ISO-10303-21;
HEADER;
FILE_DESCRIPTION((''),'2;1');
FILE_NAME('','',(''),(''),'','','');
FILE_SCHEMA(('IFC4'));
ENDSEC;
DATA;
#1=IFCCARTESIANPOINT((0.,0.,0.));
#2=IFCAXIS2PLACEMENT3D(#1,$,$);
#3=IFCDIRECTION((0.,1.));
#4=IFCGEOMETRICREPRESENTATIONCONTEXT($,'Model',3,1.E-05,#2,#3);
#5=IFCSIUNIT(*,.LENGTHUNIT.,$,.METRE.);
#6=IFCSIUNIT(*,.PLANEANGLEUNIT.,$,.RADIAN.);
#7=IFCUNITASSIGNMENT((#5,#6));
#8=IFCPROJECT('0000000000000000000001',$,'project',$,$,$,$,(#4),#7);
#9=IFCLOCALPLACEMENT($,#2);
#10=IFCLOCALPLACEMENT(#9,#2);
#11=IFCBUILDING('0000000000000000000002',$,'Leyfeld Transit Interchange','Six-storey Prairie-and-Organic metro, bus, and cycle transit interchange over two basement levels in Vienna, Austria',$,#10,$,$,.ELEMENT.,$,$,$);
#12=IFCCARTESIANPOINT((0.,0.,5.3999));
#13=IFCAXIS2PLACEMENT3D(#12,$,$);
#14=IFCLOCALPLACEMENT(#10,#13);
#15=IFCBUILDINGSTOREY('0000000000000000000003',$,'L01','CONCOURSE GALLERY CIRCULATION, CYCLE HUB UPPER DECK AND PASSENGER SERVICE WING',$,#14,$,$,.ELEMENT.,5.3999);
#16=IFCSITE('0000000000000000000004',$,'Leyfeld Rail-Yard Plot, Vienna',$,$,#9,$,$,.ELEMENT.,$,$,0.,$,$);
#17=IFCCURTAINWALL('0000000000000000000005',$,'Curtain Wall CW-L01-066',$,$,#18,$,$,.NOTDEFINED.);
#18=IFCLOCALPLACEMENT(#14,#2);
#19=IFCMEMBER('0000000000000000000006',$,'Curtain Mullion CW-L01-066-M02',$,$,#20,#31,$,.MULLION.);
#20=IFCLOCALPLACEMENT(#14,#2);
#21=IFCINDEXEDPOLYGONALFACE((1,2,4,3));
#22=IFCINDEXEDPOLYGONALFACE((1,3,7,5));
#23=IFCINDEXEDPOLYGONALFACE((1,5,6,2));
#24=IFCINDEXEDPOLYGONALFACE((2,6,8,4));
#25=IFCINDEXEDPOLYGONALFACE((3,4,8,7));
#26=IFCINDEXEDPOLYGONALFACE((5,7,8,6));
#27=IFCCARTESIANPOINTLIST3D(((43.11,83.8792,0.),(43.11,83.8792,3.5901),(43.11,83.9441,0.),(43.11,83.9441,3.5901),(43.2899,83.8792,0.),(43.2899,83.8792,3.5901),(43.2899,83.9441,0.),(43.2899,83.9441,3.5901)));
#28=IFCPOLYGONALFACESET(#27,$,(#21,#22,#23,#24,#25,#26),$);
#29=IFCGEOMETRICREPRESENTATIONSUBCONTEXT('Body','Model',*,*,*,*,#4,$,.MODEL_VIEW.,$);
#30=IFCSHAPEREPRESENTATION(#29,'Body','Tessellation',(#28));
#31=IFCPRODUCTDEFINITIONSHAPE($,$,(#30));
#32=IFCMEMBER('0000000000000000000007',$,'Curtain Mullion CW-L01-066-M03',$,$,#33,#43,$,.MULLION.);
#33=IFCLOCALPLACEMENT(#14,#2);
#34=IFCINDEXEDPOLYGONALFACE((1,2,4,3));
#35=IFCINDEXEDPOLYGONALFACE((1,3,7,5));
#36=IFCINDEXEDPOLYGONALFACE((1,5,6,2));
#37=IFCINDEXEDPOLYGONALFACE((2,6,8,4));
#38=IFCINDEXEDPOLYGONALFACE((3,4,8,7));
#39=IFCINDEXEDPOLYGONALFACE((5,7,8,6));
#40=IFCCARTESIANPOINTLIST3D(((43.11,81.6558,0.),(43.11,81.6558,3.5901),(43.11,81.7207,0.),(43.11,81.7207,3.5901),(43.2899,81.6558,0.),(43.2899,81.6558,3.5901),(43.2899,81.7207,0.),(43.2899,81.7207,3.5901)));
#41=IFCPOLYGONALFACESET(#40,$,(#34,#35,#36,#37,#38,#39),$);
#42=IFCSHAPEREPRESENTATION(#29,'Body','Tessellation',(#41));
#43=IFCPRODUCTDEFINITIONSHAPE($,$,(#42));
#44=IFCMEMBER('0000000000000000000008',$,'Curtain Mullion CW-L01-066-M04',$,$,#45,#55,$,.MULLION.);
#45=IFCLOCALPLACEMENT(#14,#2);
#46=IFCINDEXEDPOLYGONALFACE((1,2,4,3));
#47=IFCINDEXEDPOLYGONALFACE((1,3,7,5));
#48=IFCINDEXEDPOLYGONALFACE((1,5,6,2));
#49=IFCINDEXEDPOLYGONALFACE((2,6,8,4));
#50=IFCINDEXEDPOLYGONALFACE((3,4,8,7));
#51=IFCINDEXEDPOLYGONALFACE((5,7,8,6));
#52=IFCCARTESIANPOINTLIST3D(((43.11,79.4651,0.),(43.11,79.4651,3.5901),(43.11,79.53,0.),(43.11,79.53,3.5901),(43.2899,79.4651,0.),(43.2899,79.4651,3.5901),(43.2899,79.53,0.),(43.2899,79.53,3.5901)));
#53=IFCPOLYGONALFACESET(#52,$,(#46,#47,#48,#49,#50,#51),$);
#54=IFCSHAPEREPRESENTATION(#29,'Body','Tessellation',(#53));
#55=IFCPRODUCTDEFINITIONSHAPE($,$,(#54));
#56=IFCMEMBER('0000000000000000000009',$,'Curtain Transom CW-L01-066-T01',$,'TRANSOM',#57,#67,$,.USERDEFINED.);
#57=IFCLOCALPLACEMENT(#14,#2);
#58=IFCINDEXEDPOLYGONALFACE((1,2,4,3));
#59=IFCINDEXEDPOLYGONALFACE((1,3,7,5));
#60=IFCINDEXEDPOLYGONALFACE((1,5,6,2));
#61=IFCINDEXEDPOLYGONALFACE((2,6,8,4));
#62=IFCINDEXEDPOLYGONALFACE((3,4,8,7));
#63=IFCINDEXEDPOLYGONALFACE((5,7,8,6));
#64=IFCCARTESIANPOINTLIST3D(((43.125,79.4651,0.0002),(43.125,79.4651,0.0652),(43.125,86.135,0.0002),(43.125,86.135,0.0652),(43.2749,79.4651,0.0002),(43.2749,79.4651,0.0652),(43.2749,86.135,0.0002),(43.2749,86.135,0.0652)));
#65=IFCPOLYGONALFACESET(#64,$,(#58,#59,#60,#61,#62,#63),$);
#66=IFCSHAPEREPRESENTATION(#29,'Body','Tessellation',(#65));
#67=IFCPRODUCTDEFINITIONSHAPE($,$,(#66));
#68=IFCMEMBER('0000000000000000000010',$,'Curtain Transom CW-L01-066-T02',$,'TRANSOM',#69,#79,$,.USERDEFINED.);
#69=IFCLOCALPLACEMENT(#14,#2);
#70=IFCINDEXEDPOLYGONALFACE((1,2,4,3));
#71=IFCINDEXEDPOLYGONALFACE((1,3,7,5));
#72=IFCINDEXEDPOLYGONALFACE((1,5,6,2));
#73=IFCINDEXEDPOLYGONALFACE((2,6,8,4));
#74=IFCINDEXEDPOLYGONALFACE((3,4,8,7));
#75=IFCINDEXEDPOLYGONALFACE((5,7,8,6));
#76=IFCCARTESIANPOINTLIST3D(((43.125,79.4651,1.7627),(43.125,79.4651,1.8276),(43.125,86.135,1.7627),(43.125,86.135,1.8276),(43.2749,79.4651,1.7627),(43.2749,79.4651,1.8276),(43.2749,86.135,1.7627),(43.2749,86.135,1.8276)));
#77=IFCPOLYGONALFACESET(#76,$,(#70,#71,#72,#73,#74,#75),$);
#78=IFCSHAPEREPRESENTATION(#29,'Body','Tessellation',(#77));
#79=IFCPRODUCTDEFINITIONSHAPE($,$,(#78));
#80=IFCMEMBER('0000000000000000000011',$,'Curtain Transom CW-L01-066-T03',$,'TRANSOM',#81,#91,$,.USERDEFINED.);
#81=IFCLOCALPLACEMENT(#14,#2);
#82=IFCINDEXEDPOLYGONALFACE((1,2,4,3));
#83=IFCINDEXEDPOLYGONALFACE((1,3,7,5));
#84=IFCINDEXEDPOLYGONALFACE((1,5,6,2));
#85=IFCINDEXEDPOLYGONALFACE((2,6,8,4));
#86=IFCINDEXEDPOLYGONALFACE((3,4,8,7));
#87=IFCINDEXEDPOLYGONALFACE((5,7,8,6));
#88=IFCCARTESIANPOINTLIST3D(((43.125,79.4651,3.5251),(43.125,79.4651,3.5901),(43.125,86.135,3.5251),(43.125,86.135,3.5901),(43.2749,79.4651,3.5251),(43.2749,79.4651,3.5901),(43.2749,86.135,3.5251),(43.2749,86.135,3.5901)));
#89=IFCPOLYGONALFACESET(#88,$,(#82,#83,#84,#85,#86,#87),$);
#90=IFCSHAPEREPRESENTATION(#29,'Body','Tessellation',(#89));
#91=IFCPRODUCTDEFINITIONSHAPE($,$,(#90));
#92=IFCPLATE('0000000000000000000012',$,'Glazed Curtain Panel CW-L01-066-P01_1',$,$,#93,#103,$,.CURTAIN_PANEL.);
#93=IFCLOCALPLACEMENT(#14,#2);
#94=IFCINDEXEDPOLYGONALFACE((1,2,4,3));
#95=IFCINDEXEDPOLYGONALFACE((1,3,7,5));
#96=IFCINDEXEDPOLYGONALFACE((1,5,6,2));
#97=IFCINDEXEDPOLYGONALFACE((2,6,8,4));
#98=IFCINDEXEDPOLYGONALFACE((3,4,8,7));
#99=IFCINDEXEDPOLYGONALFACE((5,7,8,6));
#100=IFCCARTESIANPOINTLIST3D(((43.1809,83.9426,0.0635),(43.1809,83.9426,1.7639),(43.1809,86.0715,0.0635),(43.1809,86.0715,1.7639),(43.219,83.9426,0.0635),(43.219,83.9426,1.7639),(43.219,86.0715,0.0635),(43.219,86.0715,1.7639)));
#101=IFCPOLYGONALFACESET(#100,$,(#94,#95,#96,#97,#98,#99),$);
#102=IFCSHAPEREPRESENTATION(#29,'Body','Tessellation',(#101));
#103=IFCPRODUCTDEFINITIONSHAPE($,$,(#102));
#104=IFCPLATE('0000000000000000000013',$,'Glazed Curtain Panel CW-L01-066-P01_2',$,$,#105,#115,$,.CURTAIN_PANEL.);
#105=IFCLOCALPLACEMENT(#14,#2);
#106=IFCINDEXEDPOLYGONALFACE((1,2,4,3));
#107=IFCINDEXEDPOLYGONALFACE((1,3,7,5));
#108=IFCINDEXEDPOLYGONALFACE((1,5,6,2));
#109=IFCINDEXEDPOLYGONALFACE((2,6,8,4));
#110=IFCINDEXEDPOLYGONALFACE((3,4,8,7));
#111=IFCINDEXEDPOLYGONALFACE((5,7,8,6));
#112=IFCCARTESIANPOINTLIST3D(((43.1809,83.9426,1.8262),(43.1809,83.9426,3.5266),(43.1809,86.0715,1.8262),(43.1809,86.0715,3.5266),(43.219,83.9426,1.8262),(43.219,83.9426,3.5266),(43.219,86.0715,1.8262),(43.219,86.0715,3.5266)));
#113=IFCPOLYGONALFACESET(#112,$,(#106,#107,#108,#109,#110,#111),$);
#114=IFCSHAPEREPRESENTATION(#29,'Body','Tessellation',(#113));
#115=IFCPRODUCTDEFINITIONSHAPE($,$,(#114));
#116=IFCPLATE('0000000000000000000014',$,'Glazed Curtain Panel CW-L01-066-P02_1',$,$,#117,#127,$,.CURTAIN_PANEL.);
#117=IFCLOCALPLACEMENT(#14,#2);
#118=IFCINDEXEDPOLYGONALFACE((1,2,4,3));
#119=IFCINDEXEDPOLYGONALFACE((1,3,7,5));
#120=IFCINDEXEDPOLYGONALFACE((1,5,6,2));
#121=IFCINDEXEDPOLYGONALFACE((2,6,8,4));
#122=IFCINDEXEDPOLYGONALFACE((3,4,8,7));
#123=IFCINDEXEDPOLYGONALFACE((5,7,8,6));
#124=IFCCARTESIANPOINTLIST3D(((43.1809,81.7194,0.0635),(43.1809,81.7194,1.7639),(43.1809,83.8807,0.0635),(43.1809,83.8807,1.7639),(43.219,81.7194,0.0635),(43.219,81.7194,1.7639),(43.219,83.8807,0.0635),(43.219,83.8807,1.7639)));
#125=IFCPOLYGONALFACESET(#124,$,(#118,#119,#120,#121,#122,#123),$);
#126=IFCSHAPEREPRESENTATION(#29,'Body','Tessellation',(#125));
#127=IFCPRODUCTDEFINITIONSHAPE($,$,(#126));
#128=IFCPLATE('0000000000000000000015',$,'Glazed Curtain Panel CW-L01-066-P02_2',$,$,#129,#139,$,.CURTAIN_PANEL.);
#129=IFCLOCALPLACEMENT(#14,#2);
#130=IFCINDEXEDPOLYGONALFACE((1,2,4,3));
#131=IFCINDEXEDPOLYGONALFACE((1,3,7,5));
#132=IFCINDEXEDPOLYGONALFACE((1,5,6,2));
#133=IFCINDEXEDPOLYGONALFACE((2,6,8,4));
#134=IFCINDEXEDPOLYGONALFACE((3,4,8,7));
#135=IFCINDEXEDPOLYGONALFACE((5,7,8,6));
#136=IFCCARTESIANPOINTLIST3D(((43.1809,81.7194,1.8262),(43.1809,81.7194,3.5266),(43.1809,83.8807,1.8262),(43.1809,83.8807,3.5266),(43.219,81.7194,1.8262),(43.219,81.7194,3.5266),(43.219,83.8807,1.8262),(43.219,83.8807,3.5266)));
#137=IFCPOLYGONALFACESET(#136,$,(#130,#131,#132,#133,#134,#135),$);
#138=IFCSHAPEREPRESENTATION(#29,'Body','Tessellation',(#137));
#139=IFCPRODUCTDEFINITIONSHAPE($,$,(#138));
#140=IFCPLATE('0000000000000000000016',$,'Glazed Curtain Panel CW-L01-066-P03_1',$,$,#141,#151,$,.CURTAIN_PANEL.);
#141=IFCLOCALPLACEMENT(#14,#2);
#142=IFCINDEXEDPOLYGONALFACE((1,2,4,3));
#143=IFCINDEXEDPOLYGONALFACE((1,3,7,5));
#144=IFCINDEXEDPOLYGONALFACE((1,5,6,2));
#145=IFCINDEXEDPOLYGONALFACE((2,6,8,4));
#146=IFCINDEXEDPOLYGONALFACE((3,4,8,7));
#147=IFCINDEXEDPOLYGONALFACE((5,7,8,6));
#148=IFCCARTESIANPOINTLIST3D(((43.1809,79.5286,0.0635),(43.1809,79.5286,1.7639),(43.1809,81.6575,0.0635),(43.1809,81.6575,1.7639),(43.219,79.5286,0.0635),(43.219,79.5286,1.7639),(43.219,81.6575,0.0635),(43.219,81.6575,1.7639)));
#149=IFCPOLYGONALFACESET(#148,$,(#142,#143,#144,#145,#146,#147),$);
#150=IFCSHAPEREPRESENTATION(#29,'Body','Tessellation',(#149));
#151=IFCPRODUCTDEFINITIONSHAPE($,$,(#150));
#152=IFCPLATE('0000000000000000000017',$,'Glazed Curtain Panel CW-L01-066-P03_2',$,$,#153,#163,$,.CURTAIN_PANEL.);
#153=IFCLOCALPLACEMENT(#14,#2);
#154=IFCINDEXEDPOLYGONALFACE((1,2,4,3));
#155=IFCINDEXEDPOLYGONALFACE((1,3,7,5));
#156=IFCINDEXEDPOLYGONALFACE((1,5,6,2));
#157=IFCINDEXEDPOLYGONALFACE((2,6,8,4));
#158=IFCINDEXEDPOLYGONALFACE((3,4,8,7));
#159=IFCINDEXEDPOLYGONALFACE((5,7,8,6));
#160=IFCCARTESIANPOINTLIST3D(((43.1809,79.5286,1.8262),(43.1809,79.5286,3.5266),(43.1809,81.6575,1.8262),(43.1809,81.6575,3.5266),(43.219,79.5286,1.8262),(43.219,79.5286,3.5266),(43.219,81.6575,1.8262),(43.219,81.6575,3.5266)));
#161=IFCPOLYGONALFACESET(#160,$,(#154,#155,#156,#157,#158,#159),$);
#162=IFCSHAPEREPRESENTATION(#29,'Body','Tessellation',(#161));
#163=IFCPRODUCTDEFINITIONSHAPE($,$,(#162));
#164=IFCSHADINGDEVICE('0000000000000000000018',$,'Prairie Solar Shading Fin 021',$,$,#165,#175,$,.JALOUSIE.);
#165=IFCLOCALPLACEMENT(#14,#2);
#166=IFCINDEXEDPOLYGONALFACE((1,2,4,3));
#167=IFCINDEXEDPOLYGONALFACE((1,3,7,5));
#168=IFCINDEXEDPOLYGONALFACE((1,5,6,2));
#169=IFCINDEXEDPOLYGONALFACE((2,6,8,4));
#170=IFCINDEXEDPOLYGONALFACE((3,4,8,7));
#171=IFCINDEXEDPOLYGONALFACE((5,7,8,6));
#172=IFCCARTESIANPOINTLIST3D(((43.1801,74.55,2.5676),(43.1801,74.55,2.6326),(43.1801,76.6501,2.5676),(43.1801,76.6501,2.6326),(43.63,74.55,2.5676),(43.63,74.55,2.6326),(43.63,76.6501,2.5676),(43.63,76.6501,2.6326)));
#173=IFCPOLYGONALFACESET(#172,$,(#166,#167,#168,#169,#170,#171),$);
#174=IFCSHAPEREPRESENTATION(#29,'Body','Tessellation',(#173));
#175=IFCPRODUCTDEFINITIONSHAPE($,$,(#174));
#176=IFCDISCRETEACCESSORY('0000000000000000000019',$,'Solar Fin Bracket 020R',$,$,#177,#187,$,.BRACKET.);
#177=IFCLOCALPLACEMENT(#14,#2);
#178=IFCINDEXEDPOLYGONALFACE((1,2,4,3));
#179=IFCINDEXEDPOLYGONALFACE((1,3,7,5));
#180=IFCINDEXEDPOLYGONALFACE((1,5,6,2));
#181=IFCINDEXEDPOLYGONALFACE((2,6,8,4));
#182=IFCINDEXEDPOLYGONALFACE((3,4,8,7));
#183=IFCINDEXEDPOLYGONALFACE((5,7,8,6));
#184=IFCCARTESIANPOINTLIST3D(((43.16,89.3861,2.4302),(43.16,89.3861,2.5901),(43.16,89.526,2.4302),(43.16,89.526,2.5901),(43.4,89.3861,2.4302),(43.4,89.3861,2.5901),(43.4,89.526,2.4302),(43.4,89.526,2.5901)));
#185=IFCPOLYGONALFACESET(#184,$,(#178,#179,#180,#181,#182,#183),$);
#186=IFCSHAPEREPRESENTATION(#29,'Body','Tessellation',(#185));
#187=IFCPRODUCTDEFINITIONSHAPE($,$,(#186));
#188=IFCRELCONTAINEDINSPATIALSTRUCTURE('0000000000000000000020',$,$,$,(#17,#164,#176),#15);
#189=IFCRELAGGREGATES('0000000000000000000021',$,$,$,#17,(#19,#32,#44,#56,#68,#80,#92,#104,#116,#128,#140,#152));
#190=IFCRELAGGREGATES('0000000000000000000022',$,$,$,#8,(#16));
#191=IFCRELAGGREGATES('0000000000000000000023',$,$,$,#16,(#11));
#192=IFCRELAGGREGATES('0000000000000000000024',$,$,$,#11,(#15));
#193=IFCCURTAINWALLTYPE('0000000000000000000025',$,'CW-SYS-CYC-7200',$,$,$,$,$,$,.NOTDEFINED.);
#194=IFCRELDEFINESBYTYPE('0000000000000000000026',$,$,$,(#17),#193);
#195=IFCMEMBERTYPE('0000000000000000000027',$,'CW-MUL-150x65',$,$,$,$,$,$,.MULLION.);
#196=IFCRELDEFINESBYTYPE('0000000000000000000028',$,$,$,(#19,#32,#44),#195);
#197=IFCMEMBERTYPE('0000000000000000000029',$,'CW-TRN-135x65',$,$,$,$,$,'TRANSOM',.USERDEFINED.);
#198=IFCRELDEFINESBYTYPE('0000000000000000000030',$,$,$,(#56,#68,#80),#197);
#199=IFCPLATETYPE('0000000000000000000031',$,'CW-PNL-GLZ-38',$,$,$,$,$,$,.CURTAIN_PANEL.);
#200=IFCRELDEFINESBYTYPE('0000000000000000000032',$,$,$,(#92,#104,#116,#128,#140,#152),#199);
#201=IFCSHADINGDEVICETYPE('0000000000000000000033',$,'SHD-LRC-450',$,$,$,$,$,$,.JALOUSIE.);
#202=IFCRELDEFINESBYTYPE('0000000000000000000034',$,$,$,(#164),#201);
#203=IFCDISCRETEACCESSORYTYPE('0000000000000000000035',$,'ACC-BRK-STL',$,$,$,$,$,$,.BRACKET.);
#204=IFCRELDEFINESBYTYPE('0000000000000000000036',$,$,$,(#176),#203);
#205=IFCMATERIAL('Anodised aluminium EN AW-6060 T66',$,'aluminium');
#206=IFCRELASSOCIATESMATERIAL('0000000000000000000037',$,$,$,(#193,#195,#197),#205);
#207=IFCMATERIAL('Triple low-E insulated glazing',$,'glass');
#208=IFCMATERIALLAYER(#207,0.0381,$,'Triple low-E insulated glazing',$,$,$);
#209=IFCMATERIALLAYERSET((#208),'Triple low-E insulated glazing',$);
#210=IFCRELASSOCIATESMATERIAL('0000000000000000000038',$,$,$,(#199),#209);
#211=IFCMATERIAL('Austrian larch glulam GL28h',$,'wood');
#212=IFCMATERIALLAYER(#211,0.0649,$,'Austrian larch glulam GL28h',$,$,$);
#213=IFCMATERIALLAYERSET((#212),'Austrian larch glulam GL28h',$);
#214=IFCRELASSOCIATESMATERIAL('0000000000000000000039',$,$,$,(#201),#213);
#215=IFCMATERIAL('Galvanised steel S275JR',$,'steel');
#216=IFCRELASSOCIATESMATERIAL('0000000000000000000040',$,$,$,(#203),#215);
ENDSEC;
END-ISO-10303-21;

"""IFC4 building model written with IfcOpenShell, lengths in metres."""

from ifc_helpers import new_model, si_unit, direction, frame, origin, origin_2d, place, context, subcontext, project, spatial, rectangle, extrude, material, layer, layer_set, material_profile, profile_set, type_object, element, aggregate, save


model = new_model("IFC4")

# Units and contexts
model_context = context("Model", 3, precision=1e-05, world=origin(), true_north=direction((0.0, 1.0)))
body_context = subcontext(model_context, "Body", "Model", "MODEL_VIEW")
ifc_project = project(units=[si_unit("LENGTHUNIT", "METRE"), si_unit("PLANEANGLEUNIT", "RADIAN")], contexts=[model_context])

# Site, building, storey
site_placement = place(None, origin())
site = spatial("IfcSite", under=ifc_project, at=site_placement, Name="Leyfeld Rail-Yard Plot, Vienna", CompositionType="ELEMENT", RefElevation=0.0)
building_placement = place(site_placement, origin())
building = spatial("IfcBuilding", under=site, at=building_placement, Name="Leyfeld Transit Interchange", Description="Six-storey Prairie-and-Organic metro, bus, and cycle transit interchange over two basement levels in Vienna, Austria", CompositionType="ELEMENT")
storey_placement = place(building_placement, frame((0.0, 0.0, 5.3999)))
storey = spatial("IfcBuildingStorey", under=building, at=storey_placement, Name="L01", Description="CONCOURSE GALLERY CIRCULATION, CYCLE HUB UPPER DECK AND PASSENGER SERVICE WING", CompositionType="ELEMENT", Elevation=5.3999)

# Curtain wall, members, plates
ifc_material_1 = material(Name="Anodised aluminium EN AW-6060 T66", Category="aluminium")
curtain_wall_type = type_object("IfcCurtainWallType", Name="CW-SYS-CYC-7200", PredefinedType="NOTDEFINED", material=ifc_material_1)
curtain_wall_placement = place(storey_placement, origin())
curtain_wall = element("IfcCurtainWall", 1, at=curtain_wall_placement, inside=storey, type_object=curtain_wall_type, Name="Curtain Wall CW-L01-066", PredefinedType="NOTDEFINED")
ifc_material_profile_1 = material_profile(ifc_material_1, rectangle(XDim=0.0649, YDim=0.1799, at=origin_2d()), Name="CW-M 65x180")
ifc_profile_set_1 = profile_set([ifc_material_profile_1], Name="Anodised aluminium EN AW-6060 T66")
member_type_1 = type_object("IfcMemberType", Name="CW-MUL-150x65", PredefinedType="MULLION", material=ifc_profile_set_1)
member_1_placement = place(storey_placement, frame((43.2, 83.9116, 0.0), z_axis=(0.0, 0.0, 1.0), x_axis=(0.0, -1.0, 0.0)))
member_1 = element("IfcMember", 2, at=member_1_placement, type_object=member_type_1, Name="Curtain Mullion CW-L01-066-M02", PredefinedType="MULLION", context=body_context, shape_type="SweptSolid", body=[
    extrude(rectangle(XDim=0.0649, YDim=0.1799, at=origin_2d()), origin(), (0.0, 0.0, 1.0), 3.5901),
])
member_2_placement = place(storey_placement, frame((43.2, 81.6882, 0.0), z_axis=(0.0, 0.0, 1.0), x_axis=(0.0, -1.0, 0.0)))
member_2 = element("IfcMember", 3, at=member_2_placement, type_object=member_type_1, Name="Curtain Mullion CW-L01-066-M03", PredefinedType="MULLION", context=body_context, shape_type="SweptSolid", body=[
    extrude(rectangle(XDim=0.0649, YDim=0.1799, at=origin_2d()), origin(), (0.0, 0.0, 1.0), 3.5901),
])
member_3_placement = place(storey_placement, frame((43.2, 79.4976, 0.0), z_axis=(0.0, 0.0, 1.0), x_axis=(0.0, -1.0, 0.0)))
member_3 = element("IfcMember", 4, at=member_3_placement, type_object=member_type_1, Name="Curtain Mullion CW-L01-066-M04", PredefinedType="MULLION", context=body_context, shape_type="SweptSolid", body=[
    extrude(rectangle(XDim=0.0649, YDim=0.1799, at=origin_2d()), origin(), (0.0, 0.0, 1.0), 3.5901),
])
ifc_material_profile_2 = material_profile(ifc_material_1, rectangle(XDim=0.1499, YDim=0.0649, at=origin_2d()), Name="CW-TRN-135x65")
ifc_profile_set_2 = profile_set([ifc_material_profile_2], Name="Anodised aluminium EN AW-6060 T66")
member_type_2 = type_object("IfcMemberType", Name="CW-TRN-135x65", ElementType="TRANSOM", PredefinedType="USERDEFINED", material=ifc_profile_set_2)
member_4_placement = place(storey_placement, frame((43.2, 86.135, 0.0327), z_axis=(0.0, -1.0, 0.0), x_axis=(1.0, 0.0, 0.0)))
member_4 = element("IfcMember", 5, at=member_4_placement, type_object=member_type_2, Name="Curtain Transom CW-L01-066-T01", ObjectType="TRANSOM", PredefinedType="USERDEFINED", context=body_context, shape_type="SweptSolid", body=[
    extrude(rectangle(XDim=0.1499, YDim=0.0649, at=origin_2d()), origin(), (0.0, 0.0, 1.0), 6.6699),
])
member_5_placement = place(storey_placement, frame((43.2, 86.135, 1.7952), z_axis=(0.0, -1.0, 0.0), x_axis=(1.0, 0.0, 0.0)))
member_5 = element("IfcMember", 6, at=member_5_placement, type_object=member_type_2, Name="Curtain Transom CW-L01-066-T02", ObjectType="TRANSOM", PredefinedType="USERDEFINED", context=body_context, shape_type="SweptSolid", body=[
    extrude(rectangle(XDim=0.1499, YDim=0.0649, at=origin_2d()), origin(), (0.0, 0.0, 1.0), 6.6699),
])
member_6_placement = place(storey_placement, frame((43.2, 86.135, 3.5576), z_axis=(0.0, -1.0, 0.0), x_axis=(1.0, 0.0, 0.0)))
member_6 = element("IfcMember", 7, at=member_6_placement, type_object=member_type_2, Name="Curtain Transom CW-L01-066-T03", ObjectType="TRANSOM", PredefinedType="USERDEFINED", context=body_context, shape_type="SweptSolid", body=[
    extrude(rectangle(XDim=0.1499, YDim=0.0649, at=origin_2d()), origin(), (0.0, 0.0, 1.0), 6.6699),
])
ifc_material_2 = material(Name="Triple low-E insulated glazing", Category="glass")
ifc_layer_1 = layer(ifc_material_2, 0.0381, Name="Triple low-E insulated glazing")
ifc_layer_set_1 = layer_set([ifc_layer_1], Name="Triple low-E insulated glazing")
plate_type = type_object("IfcPlateType", Name="CW-PNL-GLZ-38", PredefinedType="CURTAIN_PANEL", material=ifc_layer_set_1)
plate_1_placement = place(storey_placement, frame((43.2, 85.0071, 0.0635), z_axis=(0.0, 0.0, 1.0), x_axis=(0.0, -1.0, 0.0)))
plate_1 = element("IfcPlate", 8, at=plate_1_placement, type_object=plate_type, Name="Glazed Curtain Panel CW-L01-066-P01_1", PredefinedType="CURTAIN_PANEL", context=body_context, shape_type="SweptSolid", body=[
    extrude(rectangle(XDim=2.1289, YDim=0.0381, at=origin_2d()), origin(), (0.0, 0.0, 1.0), 1.7004),
])
plate_2_placement = place(storey_placement, frame((43.2, 85.0071, 1.8262), z_axis=(0.0, 0.0, 1.0), x_axis=(0.0, -1.0, 0.0)))
plate_2 = element("IfcPlate", 9, at=plate_2_placement, type_object=plate_type, Name="Glazed Curtain Panel CW-L01-066-P01_2", PredefinedType="CURTAIN_PANEL", context=body_context, shape_type="SweptSolid", body=[
    extrude(rectangle(XDim=2.1289, YDim=0.0381, at=origin_2d()), origin(), (0.0, 0.0, 1.0), 1.7004),
])
plate_3_placement = place(storey_placement, frame((43.2, 82.8, 0.0635), z_axis=(0.0, 0.0, 1.0), x_axis=(0.0, -1.0, 0.0)))
plate_3 = element("IfcPlate", 10, at=plate_3_placement, type_object=plate_type, Name="Glazed Curtain Panel CW-L01-066-P02_1", PredefinedType="CURTAIN_PANEL", context=body_context, shape_type="SweptSolid", body=[
    extrude(rectangle(XDim=2.1614, YDim=0.0381, at=origin_2d()), origin(), (0.0, 0.0, 1.0), 1.7004),
])
plate_4_placement = place(storey_placement, frame((43.2, 82.8, 1.8262), z_axis=(0.0, 0.0, 1.0), x_axis=(0.0, -1.0, 0.0)))
plate_4 = element("IfcPlate", 11, at=plate_4_placement, type_object=plate_type, Name="Glazed Curtain Panel CW-L01-066-P02_2", PredefinedType="CURTAIN_PANEL", context=body_context, shape_type="SweptSolid", body=[
    extrude(rectangle(XDim=2.1614, YDim=0.0381, at=origin_2d()), origin(), (0.0, 0.0, 1.0), 1.7004),
])
plate_5_placement = place(storey_placement, frame((43.2, 80.593, 0.0635), z_axis=(0.0, 0.0, 1.0), x_axis=(0.0, -1.0, 0.0)))
plate_5 = element("IfcPlate", 12, at=plate_5_placement, type_object=plate_type, Name="Glazed Curtain Panel CW-L01-066-P03_1", PredefinedType="CURTAIN_PANEL", context=body_context, shape_type="SweptSolid", body=[
    extrude(rectangle(XDim=2.1289, YDim=0.0381, at=origin_2d()), origin(), (0.0, 0.0, 1.0), 1.7004),
])
plate_6_placement = place(storey_placement, frame((43.2, 80.593, 1.8262), z_axis=(0.0, 0.0, 1.0), x_axis=(0.0, -1.0, 0.0)))
plate_6 = element("IfcPlate", 13, at=plate_6_placement, type_object=plate_type, Name="Glazed Curtain Panel CW-L01-066-P03_2", PredefinedType="CURTAIN_PANEL", context=body_context, shape_type="SweptSolid", body=[
    extrude(rectangle(XDim=2.1289, YDim=0.0381, at=origin_2d()), origin(), (0.0, 0.0, 1.0), 1.7004),
])
aggregate(curtain_wall, [member_1, member_2, member_3, member_4, member_5, member_6, plate_1, plate_2, plate_3, plate_4, plate_5, plate_6])

# Shading device
ifc_material_3 = material(Name="Austrian larch glulam GL28h", Category="wood")
ifc_layer_2 = layer(ifc_material_3, 0.0649, Name="Austrian larch glulam GL28h")
ifc_layer_set_2 = layer_set([ifc_layer_2], Name="Austrian larch glulam GL28h")
shading_device_type = type_object("IfcShadingDeviceType", Name="SHD-LRC-450", PredefinedType="JALOUSIE", material=ifc_layer_set_2)
shading_device_placement = place(storey_placement, frame((43.405, 75.6001, 2.5676), z_axis=(0.0, 0.0, 1.0), x_axis=(0.0, -1.0, 0.0)))
element("IfcShadingDevice", 14, at=shading_device_placement, inside=storey, type_object=shading_device_type, Name="Prairie Solar Shading Fin 021", PredefinedType="JALOUSIE", context=body_context, shape_type="SweptSolid", body=[
    extrude(rectangle(XDim=2.1001, YDim=0.45, at=origin_2d()), origin(), (0.0, 0.0, 1.0), 0.0649),
])

# Discrete accessory
ifc_material_4 = material(Name="Galvanised steel S275JR", Category="steel")
discrete_accessory_type = type_object("IfcDiscreteAccessoryType", Name="ACC-BRK-STL", PredefinedType="BRACKET", material=ifc_material_4)
for number, where, z_axis, x_axis, name in (
    (15, (43.28, 89.4561, 2.4302), (0.0, 0.0, 1.0), (0.0, -1.0, 0.0), "Solar Fin Bracket 020R"),
):
    element("IfcDiscreteAccessory", number, at=place(storey_placement, frame(where, z_axis=z_axis, x_axis=x_axis)), inside=storey, type_object=discrete_accessory_type, Name=name, PredefinedType="BRACKET", context=body_context, shape_type="SweptSolid", body=[
        extrude(rectangle(XDim=0.1399, YDim=0.24, at=origin_2d()), origin(), (0.0, 0.0, 1.0), 0.1599),
    ])

save(model, "model.ifc")
